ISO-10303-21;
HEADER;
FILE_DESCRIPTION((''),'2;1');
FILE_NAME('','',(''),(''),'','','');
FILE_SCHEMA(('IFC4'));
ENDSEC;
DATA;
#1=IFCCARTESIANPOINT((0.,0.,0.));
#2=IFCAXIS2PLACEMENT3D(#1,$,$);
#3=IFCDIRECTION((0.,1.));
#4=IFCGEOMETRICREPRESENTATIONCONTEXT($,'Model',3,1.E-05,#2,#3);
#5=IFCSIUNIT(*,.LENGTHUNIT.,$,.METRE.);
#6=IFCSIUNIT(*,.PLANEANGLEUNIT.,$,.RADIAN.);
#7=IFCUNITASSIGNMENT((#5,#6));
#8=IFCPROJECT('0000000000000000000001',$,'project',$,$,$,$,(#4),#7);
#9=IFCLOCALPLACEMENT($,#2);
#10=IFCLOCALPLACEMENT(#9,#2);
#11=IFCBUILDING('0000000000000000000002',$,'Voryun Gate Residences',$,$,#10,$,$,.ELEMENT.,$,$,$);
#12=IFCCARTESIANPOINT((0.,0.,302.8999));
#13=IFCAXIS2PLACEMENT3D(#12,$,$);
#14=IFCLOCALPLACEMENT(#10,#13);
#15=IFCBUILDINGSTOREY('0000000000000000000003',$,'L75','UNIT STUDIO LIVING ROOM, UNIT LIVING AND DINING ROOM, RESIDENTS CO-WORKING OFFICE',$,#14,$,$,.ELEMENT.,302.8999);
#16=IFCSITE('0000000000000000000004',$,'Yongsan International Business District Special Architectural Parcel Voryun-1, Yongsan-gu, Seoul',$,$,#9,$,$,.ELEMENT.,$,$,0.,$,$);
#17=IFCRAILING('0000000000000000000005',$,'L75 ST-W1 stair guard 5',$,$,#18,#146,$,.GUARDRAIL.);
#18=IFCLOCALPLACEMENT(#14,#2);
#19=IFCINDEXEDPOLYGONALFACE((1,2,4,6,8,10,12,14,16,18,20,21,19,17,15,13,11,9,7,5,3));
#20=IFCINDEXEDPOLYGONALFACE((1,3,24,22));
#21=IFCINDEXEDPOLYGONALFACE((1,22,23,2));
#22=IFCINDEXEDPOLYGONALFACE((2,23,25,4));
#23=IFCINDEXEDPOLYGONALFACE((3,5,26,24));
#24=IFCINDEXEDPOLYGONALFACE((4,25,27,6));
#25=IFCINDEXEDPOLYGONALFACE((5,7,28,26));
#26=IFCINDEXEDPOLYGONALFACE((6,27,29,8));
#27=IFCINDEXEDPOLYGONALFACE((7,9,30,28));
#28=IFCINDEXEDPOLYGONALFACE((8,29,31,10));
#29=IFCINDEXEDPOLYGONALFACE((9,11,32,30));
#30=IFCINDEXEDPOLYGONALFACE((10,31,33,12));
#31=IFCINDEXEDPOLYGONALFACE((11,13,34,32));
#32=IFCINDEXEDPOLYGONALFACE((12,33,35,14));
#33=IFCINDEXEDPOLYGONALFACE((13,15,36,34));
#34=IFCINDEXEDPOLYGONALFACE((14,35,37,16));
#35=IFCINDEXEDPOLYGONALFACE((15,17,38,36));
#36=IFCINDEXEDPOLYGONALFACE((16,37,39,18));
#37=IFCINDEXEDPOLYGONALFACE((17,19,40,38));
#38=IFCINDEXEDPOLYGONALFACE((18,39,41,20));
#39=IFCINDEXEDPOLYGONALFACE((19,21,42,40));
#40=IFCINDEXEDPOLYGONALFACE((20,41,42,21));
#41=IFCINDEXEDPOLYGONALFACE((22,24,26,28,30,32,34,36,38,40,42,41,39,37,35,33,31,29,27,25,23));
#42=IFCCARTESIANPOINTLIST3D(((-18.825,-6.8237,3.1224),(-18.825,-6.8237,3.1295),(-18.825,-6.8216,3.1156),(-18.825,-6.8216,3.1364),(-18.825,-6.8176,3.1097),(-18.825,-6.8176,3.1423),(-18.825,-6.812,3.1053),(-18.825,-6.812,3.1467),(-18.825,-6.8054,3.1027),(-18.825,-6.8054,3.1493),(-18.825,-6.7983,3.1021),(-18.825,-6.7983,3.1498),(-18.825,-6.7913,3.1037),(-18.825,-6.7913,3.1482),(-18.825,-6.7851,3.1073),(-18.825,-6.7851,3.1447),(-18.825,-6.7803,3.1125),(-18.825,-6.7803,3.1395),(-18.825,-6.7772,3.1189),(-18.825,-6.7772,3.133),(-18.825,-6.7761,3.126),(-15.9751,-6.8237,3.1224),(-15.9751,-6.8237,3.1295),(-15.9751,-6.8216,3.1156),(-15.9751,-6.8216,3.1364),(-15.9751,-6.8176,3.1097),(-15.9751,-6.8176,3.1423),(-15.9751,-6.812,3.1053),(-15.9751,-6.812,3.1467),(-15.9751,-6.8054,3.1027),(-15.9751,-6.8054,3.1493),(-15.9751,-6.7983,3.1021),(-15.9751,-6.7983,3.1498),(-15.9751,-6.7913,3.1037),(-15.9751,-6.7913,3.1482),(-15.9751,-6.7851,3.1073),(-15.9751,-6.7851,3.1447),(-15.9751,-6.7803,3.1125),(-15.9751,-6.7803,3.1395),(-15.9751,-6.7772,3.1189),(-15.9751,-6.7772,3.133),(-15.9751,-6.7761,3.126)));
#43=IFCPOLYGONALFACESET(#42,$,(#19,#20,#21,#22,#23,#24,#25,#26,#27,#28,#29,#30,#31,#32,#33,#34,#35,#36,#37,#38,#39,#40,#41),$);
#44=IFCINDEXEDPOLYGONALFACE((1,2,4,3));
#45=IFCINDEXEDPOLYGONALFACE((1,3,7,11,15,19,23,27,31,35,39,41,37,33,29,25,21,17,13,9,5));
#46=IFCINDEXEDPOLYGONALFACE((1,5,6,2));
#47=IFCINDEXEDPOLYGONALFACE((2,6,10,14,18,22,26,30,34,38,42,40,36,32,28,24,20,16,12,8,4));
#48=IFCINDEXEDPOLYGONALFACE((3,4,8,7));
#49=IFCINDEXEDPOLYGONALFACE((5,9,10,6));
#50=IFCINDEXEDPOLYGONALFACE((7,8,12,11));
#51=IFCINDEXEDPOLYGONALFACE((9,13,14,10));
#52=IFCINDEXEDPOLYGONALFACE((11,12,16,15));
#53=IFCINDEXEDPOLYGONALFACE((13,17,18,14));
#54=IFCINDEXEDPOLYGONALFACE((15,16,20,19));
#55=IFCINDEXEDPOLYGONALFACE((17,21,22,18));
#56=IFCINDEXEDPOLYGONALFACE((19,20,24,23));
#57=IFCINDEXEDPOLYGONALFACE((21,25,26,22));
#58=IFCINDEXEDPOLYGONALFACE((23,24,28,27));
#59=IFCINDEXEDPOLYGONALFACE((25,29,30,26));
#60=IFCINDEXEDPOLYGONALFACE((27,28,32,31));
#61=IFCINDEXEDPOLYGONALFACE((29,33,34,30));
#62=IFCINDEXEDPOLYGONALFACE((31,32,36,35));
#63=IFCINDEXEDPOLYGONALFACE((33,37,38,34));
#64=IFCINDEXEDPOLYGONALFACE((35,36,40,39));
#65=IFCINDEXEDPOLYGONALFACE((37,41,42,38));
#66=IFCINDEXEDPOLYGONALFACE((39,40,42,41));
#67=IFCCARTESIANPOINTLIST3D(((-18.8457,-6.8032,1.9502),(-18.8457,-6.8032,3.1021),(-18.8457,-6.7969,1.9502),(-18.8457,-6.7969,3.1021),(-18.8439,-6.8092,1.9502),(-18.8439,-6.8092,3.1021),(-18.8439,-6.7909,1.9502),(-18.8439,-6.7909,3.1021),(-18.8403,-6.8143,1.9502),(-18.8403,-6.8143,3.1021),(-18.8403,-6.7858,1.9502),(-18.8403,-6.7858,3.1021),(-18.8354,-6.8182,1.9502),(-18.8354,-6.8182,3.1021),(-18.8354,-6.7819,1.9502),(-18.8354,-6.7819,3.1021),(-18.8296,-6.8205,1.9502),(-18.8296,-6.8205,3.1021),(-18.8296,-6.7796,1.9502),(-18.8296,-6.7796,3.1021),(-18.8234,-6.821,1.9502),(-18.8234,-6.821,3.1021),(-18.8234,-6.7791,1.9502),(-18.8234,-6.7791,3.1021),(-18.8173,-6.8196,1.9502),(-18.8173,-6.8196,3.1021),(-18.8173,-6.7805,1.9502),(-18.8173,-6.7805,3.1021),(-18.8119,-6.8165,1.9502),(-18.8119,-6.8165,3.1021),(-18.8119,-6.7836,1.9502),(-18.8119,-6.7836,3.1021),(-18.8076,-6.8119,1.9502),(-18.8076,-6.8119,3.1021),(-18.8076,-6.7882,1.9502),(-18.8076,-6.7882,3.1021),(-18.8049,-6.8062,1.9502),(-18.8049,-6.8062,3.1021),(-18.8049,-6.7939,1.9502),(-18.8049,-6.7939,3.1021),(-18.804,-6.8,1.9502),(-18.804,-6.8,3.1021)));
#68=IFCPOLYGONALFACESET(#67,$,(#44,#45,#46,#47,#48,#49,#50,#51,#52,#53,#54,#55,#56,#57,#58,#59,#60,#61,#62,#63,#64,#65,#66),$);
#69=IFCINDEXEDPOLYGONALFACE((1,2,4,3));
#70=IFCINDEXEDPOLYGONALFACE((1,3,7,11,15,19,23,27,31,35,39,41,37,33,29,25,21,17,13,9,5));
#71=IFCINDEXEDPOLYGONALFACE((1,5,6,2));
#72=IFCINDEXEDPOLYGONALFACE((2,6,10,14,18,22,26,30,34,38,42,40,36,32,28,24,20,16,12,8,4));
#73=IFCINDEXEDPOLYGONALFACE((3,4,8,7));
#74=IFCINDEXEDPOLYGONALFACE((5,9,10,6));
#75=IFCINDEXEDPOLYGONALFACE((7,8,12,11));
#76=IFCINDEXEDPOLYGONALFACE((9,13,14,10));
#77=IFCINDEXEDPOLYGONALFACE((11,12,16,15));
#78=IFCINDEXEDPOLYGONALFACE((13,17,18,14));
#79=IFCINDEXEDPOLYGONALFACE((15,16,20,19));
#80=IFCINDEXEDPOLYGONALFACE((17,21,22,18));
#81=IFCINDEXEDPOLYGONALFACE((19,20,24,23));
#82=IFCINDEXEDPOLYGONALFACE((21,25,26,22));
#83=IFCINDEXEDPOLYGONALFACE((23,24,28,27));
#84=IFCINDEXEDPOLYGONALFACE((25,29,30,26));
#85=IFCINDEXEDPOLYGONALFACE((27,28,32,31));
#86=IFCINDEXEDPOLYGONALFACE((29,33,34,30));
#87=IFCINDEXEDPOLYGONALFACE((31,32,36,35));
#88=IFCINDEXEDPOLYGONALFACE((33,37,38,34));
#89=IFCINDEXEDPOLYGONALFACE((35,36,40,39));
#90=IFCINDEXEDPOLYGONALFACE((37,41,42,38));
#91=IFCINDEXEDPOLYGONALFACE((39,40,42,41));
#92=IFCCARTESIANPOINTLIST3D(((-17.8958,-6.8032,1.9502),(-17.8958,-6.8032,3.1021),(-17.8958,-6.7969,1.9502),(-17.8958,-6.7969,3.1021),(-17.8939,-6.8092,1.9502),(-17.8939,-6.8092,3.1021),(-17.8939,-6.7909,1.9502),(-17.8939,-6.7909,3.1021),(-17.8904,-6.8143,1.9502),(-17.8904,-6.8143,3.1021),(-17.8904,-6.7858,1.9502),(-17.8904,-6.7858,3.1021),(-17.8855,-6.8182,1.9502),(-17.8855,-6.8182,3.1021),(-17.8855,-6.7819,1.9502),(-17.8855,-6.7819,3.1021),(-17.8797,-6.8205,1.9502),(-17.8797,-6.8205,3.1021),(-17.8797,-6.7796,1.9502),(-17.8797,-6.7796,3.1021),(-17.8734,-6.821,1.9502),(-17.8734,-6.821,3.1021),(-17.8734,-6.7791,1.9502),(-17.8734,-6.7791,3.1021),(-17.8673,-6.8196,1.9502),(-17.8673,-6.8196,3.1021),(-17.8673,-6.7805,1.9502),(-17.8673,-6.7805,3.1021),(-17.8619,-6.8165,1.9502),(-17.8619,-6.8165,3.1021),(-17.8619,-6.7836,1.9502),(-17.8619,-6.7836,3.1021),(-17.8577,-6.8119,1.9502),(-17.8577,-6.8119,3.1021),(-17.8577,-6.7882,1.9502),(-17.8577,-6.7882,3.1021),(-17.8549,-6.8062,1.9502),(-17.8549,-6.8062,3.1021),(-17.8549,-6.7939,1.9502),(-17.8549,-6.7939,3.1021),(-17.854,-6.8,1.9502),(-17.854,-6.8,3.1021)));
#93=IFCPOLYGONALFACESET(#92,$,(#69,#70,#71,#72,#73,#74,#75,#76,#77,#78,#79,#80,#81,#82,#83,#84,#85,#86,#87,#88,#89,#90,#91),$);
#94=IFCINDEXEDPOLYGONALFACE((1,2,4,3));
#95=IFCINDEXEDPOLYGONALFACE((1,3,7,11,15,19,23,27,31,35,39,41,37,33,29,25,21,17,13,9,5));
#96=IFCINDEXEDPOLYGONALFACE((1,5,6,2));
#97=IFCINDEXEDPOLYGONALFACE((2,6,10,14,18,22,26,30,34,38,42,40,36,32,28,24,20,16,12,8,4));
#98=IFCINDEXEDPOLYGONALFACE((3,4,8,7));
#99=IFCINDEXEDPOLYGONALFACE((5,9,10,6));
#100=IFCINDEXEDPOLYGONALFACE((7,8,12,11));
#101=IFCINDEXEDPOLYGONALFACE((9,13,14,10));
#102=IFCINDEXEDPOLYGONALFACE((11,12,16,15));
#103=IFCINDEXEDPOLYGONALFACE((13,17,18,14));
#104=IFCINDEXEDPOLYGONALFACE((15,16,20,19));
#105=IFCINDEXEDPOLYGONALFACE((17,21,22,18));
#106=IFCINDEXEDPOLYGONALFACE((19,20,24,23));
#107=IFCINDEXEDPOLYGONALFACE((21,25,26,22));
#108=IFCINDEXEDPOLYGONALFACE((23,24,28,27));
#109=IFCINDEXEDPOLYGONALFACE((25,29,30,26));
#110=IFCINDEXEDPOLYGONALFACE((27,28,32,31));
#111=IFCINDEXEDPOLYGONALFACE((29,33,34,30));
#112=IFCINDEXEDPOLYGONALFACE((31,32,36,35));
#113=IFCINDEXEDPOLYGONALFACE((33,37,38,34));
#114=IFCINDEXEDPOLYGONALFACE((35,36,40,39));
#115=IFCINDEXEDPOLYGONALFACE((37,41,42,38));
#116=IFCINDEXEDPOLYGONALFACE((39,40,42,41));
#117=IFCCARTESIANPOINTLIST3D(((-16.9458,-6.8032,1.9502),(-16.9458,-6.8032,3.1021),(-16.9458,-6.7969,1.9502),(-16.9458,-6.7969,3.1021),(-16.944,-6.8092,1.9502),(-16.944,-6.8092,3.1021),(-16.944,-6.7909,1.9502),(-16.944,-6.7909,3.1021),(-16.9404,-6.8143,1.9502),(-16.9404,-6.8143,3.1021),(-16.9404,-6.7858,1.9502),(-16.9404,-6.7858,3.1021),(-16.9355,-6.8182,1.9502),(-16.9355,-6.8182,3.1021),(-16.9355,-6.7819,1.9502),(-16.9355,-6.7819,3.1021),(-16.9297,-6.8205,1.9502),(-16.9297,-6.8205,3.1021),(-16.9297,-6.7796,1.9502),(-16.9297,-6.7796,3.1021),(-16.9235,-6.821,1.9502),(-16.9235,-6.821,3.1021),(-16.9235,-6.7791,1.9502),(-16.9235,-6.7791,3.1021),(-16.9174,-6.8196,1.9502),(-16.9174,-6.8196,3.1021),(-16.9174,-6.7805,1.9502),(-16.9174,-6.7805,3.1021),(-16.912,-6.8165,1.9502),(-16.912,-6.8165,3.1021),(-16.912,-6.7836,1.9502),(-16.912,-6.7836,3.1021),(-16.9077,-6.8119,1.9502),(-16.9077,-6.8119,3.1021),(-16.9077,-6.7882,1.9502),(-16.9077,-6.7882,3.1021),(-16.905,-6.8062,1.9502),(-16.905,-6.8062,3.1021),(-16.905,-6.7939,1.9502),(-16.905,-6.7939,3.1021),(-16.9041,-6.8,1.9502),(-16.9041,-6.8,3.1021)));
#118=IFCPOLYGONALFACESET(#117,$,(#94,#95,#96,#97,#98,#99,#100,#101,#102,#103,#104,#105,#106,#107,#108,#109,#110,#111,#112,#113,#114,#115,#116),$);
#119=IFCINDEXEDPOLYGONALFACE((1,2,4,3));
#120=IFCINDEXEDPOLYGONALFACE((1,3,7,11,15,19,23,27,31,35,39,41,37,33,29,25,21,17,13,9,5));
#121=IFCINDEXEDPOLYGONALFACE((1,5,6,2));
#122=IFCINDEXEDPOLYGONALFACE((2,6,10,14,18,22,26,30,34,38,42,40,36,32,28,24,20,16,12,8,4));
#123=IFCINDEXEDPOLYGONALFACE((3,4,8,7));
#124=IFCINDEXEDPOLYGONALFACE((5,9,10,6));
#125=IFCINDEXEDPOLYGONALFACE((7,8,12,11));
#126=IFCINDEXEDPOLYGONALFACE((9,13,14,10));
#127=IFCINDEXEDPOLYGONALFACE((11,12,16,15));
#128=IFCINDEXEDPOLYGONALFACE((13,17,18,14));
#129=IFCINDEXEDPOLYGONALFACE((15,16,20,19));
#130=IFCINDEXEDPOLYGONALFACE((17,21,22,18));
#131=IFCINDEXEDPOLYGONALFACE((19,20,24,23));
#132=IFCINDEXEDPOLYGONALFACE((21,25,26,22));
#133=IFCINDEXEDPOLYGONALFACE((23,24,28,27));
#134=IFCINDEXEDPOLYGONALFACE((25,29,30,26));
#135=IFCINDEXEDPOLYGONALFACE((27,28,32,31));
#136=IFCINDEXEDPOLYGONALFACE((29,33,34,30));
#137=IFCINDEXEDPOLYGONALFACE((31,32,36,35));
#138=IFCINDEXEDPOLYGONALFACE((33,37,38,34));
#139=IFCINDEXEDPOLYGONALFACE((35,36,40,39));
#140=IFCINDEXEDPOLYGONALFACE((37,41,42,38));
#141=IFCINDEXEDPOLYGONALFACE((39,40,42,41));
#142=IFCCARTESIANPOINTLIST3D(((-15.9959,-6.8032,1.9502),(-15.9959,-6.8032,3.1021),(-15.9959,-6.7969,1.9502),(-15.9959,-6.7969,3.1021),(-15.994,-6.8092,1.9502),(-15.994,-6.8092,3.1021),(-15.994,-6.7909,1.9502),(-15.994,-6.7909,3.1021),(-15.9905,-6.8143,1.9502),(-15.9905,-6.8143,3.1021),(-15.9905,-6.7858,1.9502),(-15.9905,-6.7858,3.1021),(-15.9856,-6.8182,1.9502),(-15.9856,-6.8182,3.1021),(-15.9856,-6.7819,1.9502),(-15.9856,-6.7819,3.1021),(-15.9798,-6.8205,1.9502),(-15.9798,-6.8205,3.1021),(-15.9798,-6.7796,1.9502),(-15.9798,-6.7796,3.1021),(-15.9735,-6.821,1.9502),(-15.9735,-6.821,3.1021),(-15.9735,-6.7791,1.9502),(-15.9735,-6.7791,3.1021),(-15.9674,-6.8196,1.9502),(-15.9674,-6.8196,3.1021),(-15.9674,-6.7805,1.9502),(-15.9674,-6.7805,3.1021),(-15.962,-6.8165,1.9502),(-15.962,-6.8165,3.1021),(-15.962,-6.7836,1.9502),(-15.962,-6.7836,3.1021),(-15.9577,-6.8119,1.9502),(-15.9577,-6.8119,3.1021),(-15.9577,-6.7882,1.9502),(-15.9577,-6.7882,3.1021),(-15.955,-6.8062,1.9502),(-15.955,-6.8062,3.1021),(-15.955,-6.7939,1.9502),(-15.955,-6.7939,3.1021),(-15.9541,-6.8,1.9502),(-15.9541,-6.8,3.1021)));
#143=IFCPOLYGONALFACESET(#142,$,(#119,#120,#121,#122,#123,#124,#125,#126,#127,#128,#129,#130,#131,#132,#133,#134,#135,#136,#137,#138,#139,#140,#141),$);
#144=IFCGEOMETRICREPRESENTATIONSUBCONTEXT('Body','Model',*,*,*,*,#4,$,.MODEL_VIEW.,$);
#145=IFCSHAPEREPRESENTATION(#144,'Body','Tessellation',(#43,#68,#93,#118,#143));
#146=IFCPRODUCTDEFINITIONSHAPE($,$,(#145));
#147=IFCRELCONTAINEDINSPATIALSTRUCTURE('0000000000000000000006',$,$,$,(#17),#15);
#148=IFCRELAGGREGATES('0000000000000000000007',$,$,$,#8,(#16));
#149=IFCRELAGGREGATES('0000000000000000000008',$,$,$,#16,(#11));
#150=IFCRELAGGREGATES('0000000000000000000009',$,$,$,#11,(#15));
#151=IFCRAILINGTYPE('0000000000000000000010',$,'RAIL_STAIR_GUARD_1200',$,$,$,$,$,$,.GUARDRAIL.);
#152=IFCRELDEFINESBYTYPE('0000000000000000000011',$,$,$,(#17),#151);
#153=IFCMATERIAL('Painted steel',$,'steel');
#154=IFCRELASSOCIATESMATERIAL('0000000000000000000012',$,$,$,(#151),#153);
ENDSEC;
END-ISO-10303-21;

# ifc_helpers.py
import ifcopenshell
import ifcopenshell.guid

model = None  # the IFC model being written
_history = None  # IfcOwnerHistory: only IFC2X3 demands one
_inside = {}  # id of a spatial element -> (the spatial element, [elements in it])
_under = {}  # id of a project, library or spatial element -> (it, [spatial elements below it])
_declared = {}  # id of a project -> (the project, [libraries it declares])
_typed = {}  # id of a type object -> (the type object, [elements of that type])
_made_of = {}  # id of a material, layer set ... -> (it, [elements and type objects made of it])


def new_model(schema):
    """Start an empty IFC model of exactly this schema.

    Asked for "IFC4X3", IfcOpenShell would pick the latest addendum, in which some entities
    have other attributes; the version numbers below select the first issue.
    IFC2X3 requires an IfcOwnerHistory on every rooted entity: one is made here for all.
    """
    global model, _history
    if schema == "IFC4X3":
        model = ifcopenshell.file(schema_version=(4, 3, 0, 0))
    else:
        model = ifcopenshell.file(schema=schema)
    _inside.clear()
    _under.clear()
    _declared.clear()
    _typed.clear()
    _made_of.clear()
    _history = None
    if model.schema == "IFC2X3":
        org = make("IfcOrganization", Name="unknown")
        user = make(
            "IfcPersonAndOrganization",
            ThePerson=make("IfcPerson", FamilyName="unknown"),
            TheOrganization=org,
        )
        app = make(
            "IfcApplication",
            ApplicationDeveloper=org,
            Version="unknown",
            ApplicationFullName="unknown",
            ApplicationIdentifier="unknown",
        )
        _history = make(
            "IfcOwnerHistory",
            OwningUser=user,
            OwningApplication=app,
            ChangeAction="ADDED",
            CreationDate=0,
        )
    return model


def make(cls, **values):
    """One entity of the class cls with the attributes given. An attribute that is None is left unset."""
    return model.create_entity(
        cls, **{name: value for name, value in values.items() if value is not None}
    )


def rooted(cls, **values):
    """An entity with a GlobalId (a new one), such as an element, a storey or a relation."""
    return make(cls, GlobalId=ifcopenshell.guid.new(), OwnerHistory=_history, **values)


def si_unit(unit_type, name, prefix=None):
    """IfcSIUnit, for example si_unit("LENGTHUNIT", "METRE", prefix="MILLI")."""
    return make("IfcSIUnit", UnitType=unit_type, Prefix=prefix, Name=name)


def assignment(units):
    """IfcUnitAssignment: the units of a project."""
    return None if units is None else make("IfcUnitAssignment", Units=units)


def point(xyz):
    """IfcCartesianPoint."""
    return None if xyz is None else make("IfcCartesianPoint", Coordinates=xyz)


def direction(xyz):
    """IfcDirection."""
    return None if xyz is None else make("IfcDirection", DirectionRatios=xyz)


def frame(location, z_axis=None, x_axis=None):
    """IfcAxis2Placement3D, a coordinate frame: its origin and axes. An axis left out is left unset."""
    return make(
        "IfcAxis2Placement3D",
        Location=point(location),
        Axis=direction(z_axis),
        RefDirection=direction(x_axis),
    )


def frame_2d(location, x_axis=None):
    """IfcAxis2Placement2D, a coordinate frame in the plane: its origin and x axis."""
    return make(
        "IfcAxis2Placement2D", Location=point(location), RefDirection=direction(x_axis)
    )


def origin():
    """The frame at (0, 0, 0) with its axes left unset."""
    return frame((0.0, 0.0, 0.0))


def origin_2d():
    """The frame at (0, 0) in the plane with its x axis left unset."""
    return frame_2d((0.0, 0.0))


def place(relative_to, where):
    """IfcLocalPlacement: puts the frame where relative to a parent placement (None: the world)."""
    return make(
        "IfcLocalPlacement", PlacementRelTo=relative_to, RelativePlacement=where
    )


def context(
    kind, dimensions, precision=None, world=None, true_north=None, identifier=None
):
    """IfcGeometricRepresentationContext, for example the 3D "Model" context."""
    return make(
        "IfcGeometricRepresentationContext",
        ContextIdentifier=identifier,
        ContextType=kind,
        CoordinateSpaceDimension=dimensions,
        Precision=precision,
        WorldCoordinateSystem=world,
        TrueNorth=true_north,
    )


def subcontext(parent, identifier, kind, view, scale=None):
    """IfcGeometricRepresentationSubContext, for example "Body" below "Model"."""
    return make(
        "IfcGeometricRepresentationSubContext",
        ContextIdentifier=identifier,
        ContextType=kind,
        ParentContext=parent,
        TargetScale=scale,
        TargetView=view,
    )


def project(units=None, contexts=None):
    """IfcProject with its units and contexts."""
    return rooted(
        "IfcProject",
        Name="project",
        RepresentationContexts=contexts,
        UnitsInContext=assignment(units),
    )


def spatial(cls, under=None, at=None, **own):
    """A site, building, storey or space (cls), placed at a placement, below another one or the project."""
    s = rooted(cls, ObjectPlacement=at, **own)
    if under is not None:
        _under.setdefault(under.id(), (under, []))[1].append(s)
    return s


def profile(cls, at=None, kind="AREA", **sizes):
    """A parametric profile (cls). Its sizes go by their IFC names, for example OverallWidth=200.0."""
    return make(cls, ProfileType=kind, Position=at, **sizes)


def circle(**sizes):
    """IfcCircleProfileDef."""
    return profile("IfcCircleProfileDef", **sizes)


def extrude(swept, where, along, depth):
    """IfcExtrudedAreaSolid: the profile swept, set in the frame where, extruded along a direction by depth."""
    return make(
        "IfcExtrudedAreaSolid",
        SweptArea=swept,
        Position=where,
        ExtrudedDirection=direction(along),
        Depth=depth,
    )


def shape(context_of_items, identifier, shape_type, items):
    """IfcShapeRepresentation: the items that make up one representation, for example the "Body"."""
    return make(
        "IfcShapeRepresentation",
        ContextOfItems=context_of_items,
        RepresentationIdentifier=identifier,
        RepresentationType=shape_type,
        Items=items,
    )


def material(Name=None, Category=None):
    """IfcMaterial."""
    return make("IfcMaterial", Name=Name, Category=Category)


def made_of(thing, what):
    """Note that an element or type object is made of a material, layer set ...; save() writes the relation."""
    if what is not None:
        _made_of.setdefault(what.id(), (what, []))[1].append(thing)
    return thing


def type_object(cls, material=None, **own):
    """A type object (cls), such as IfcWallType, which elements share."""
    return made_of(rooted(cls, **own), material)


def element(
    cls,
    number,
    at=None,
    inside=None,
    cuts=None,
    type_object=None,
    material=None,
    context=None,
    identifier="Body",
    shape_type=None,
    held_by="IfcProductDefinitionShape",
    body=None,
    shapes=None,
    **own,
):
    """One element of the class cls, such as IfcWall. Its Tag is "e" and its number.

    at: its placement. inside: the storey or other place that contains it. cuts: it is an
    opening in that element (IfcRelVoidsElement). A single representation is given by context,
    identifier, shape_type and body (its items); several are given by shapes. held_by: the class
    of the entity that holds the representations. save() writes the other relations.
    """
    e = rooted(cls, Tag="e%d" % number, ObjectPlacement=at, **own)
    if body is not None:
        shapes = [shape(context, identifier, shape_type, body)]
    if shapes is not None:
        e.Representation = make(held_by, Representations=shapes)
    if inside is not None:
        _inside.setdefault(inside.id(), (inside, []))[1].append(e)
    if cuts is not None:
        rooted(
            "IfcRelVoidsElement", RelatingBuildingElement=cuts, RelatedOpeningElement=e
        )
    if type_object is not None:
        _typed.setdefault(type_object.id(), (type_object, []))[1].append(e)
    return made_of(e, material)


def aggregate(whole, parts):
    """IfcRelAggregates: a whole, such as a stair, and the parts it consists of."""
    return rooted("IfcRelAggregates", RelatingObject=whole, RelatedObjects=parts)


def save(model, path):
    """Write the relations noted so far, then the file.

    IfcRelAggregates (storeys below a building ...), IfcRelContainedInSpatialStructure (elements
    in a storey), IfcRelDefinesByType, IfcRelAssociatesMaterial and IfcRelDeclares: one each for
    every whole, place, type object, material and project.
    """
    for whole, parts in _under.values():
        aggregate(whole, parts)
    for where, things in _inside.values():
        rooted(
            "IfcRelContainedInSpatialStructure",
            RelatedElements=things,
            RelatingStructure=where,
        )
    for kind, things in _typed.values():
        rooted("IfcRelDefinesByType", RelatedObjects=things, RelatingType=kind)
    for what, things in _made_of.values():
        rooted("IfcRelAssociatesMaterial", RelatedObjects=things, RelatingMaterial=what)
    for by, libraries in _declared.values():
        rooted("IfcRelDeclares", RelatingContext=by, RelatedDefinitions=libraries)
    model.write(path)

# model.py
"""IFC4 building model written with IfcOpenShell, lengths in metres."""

from ifc_helpers import new_model, si_unit, direction, frame, origin, origin_2d, place, context, subcontext, project, spatial, circle, extrude, material, type_object, element, save


model = new_model("IFC4")

# Units and contexts
model_context = context("Model", 3, precision=1e-05, world=origin(), true_north=direction((0.0, 1.0)))
body_context = subcontext(model_context, "Body", "Model", "MODEL_VIEW")
ifc_project = project(units=[si_unit("LENGTHUNIT", "METRE"), si_unit("PLANEANGLEUNIT", "RADIAN")], contexts=[model_context])

# Site, building, storey
site_placement = place(None, origin())
site = spatial("IfcSite", under=ifc_project, at=site_placement, Name="Yongsan International Business District Special Architectural Parcel Voryun-1, Yongsan-gu, Seoul", CompositionType="ELEMENT", RefElevation=0.0)
building_placement = place(site_placement, origin())
building = spatial("IfcBuilding", under=site, at=building_placement, Name="Voryun Gate Residences", CompositionType="ELEMENT")
storey_placement = place(building_placement, frame((0.0, 0.0, 302.8999)))
storey = spatial("IfcBuildingStorey", under=building, at=storey_placement, Name="L75", Description="UNIT STUDIO LIVING ROOM, UNIT LIVING AND DINING ROOM, RESIDENTS CO-WORKING OFFICE", CompositionType="ELEMENT", Elevation=302.8999)

# Railing
ifc_material_1 = material(Name="Painted steel", Category="steel")
railing_type_1 = type_object("IfcRailingType", Name="RAIL_STAIR_GUARD_1200", PredefinedType="GUARDRAIL", material=ifc_material_1)
railing_1_placement = place(storey_placement, frame((-18.825, -6.8, 1.9502)))
element("IfcRailing", 1, at=railing_1_placement, inside=storey, type_object=railing_type_1, Name="L75 ST-W1 stair guard 5", PredefinedType="GUARDRAIL", context=body_context, shape_type="SweptSolid", body=[
    extrude(circle(Radius=0.0239, at=origin_2d()), frame((0.0, 0.0, 1.1758), z_axis=(1.0, 0.0, 0.0), x_axis=(0.0, 1.0, 0.0)), (0.0, 0.0, 1.0), 2.8499),
    extrude(circle(Radius=0.021, at=origin_2d()), origin(), (0.0, 0.0, 1.0), 1.1519),
    extrude(circle(Radius=0.021, at=origin_2d()), frame((0.95, 0.0, 0.0)), (0.0, 0.0, 1.0), 1.1519),
    extrude(circle(Radius=0.021, at=origin_2d()), frame((1.8999, 0.0, 0.0)), (0.0, 0.0, 1.0), 1.1519),
    extrude(circle(Radius=0.021, at=origin_2d()), frame((2.8499, 0.0, 0.0)), (0.0, 0.0, 1.0), 1.1519),
])

save(model, "model.ifc")
